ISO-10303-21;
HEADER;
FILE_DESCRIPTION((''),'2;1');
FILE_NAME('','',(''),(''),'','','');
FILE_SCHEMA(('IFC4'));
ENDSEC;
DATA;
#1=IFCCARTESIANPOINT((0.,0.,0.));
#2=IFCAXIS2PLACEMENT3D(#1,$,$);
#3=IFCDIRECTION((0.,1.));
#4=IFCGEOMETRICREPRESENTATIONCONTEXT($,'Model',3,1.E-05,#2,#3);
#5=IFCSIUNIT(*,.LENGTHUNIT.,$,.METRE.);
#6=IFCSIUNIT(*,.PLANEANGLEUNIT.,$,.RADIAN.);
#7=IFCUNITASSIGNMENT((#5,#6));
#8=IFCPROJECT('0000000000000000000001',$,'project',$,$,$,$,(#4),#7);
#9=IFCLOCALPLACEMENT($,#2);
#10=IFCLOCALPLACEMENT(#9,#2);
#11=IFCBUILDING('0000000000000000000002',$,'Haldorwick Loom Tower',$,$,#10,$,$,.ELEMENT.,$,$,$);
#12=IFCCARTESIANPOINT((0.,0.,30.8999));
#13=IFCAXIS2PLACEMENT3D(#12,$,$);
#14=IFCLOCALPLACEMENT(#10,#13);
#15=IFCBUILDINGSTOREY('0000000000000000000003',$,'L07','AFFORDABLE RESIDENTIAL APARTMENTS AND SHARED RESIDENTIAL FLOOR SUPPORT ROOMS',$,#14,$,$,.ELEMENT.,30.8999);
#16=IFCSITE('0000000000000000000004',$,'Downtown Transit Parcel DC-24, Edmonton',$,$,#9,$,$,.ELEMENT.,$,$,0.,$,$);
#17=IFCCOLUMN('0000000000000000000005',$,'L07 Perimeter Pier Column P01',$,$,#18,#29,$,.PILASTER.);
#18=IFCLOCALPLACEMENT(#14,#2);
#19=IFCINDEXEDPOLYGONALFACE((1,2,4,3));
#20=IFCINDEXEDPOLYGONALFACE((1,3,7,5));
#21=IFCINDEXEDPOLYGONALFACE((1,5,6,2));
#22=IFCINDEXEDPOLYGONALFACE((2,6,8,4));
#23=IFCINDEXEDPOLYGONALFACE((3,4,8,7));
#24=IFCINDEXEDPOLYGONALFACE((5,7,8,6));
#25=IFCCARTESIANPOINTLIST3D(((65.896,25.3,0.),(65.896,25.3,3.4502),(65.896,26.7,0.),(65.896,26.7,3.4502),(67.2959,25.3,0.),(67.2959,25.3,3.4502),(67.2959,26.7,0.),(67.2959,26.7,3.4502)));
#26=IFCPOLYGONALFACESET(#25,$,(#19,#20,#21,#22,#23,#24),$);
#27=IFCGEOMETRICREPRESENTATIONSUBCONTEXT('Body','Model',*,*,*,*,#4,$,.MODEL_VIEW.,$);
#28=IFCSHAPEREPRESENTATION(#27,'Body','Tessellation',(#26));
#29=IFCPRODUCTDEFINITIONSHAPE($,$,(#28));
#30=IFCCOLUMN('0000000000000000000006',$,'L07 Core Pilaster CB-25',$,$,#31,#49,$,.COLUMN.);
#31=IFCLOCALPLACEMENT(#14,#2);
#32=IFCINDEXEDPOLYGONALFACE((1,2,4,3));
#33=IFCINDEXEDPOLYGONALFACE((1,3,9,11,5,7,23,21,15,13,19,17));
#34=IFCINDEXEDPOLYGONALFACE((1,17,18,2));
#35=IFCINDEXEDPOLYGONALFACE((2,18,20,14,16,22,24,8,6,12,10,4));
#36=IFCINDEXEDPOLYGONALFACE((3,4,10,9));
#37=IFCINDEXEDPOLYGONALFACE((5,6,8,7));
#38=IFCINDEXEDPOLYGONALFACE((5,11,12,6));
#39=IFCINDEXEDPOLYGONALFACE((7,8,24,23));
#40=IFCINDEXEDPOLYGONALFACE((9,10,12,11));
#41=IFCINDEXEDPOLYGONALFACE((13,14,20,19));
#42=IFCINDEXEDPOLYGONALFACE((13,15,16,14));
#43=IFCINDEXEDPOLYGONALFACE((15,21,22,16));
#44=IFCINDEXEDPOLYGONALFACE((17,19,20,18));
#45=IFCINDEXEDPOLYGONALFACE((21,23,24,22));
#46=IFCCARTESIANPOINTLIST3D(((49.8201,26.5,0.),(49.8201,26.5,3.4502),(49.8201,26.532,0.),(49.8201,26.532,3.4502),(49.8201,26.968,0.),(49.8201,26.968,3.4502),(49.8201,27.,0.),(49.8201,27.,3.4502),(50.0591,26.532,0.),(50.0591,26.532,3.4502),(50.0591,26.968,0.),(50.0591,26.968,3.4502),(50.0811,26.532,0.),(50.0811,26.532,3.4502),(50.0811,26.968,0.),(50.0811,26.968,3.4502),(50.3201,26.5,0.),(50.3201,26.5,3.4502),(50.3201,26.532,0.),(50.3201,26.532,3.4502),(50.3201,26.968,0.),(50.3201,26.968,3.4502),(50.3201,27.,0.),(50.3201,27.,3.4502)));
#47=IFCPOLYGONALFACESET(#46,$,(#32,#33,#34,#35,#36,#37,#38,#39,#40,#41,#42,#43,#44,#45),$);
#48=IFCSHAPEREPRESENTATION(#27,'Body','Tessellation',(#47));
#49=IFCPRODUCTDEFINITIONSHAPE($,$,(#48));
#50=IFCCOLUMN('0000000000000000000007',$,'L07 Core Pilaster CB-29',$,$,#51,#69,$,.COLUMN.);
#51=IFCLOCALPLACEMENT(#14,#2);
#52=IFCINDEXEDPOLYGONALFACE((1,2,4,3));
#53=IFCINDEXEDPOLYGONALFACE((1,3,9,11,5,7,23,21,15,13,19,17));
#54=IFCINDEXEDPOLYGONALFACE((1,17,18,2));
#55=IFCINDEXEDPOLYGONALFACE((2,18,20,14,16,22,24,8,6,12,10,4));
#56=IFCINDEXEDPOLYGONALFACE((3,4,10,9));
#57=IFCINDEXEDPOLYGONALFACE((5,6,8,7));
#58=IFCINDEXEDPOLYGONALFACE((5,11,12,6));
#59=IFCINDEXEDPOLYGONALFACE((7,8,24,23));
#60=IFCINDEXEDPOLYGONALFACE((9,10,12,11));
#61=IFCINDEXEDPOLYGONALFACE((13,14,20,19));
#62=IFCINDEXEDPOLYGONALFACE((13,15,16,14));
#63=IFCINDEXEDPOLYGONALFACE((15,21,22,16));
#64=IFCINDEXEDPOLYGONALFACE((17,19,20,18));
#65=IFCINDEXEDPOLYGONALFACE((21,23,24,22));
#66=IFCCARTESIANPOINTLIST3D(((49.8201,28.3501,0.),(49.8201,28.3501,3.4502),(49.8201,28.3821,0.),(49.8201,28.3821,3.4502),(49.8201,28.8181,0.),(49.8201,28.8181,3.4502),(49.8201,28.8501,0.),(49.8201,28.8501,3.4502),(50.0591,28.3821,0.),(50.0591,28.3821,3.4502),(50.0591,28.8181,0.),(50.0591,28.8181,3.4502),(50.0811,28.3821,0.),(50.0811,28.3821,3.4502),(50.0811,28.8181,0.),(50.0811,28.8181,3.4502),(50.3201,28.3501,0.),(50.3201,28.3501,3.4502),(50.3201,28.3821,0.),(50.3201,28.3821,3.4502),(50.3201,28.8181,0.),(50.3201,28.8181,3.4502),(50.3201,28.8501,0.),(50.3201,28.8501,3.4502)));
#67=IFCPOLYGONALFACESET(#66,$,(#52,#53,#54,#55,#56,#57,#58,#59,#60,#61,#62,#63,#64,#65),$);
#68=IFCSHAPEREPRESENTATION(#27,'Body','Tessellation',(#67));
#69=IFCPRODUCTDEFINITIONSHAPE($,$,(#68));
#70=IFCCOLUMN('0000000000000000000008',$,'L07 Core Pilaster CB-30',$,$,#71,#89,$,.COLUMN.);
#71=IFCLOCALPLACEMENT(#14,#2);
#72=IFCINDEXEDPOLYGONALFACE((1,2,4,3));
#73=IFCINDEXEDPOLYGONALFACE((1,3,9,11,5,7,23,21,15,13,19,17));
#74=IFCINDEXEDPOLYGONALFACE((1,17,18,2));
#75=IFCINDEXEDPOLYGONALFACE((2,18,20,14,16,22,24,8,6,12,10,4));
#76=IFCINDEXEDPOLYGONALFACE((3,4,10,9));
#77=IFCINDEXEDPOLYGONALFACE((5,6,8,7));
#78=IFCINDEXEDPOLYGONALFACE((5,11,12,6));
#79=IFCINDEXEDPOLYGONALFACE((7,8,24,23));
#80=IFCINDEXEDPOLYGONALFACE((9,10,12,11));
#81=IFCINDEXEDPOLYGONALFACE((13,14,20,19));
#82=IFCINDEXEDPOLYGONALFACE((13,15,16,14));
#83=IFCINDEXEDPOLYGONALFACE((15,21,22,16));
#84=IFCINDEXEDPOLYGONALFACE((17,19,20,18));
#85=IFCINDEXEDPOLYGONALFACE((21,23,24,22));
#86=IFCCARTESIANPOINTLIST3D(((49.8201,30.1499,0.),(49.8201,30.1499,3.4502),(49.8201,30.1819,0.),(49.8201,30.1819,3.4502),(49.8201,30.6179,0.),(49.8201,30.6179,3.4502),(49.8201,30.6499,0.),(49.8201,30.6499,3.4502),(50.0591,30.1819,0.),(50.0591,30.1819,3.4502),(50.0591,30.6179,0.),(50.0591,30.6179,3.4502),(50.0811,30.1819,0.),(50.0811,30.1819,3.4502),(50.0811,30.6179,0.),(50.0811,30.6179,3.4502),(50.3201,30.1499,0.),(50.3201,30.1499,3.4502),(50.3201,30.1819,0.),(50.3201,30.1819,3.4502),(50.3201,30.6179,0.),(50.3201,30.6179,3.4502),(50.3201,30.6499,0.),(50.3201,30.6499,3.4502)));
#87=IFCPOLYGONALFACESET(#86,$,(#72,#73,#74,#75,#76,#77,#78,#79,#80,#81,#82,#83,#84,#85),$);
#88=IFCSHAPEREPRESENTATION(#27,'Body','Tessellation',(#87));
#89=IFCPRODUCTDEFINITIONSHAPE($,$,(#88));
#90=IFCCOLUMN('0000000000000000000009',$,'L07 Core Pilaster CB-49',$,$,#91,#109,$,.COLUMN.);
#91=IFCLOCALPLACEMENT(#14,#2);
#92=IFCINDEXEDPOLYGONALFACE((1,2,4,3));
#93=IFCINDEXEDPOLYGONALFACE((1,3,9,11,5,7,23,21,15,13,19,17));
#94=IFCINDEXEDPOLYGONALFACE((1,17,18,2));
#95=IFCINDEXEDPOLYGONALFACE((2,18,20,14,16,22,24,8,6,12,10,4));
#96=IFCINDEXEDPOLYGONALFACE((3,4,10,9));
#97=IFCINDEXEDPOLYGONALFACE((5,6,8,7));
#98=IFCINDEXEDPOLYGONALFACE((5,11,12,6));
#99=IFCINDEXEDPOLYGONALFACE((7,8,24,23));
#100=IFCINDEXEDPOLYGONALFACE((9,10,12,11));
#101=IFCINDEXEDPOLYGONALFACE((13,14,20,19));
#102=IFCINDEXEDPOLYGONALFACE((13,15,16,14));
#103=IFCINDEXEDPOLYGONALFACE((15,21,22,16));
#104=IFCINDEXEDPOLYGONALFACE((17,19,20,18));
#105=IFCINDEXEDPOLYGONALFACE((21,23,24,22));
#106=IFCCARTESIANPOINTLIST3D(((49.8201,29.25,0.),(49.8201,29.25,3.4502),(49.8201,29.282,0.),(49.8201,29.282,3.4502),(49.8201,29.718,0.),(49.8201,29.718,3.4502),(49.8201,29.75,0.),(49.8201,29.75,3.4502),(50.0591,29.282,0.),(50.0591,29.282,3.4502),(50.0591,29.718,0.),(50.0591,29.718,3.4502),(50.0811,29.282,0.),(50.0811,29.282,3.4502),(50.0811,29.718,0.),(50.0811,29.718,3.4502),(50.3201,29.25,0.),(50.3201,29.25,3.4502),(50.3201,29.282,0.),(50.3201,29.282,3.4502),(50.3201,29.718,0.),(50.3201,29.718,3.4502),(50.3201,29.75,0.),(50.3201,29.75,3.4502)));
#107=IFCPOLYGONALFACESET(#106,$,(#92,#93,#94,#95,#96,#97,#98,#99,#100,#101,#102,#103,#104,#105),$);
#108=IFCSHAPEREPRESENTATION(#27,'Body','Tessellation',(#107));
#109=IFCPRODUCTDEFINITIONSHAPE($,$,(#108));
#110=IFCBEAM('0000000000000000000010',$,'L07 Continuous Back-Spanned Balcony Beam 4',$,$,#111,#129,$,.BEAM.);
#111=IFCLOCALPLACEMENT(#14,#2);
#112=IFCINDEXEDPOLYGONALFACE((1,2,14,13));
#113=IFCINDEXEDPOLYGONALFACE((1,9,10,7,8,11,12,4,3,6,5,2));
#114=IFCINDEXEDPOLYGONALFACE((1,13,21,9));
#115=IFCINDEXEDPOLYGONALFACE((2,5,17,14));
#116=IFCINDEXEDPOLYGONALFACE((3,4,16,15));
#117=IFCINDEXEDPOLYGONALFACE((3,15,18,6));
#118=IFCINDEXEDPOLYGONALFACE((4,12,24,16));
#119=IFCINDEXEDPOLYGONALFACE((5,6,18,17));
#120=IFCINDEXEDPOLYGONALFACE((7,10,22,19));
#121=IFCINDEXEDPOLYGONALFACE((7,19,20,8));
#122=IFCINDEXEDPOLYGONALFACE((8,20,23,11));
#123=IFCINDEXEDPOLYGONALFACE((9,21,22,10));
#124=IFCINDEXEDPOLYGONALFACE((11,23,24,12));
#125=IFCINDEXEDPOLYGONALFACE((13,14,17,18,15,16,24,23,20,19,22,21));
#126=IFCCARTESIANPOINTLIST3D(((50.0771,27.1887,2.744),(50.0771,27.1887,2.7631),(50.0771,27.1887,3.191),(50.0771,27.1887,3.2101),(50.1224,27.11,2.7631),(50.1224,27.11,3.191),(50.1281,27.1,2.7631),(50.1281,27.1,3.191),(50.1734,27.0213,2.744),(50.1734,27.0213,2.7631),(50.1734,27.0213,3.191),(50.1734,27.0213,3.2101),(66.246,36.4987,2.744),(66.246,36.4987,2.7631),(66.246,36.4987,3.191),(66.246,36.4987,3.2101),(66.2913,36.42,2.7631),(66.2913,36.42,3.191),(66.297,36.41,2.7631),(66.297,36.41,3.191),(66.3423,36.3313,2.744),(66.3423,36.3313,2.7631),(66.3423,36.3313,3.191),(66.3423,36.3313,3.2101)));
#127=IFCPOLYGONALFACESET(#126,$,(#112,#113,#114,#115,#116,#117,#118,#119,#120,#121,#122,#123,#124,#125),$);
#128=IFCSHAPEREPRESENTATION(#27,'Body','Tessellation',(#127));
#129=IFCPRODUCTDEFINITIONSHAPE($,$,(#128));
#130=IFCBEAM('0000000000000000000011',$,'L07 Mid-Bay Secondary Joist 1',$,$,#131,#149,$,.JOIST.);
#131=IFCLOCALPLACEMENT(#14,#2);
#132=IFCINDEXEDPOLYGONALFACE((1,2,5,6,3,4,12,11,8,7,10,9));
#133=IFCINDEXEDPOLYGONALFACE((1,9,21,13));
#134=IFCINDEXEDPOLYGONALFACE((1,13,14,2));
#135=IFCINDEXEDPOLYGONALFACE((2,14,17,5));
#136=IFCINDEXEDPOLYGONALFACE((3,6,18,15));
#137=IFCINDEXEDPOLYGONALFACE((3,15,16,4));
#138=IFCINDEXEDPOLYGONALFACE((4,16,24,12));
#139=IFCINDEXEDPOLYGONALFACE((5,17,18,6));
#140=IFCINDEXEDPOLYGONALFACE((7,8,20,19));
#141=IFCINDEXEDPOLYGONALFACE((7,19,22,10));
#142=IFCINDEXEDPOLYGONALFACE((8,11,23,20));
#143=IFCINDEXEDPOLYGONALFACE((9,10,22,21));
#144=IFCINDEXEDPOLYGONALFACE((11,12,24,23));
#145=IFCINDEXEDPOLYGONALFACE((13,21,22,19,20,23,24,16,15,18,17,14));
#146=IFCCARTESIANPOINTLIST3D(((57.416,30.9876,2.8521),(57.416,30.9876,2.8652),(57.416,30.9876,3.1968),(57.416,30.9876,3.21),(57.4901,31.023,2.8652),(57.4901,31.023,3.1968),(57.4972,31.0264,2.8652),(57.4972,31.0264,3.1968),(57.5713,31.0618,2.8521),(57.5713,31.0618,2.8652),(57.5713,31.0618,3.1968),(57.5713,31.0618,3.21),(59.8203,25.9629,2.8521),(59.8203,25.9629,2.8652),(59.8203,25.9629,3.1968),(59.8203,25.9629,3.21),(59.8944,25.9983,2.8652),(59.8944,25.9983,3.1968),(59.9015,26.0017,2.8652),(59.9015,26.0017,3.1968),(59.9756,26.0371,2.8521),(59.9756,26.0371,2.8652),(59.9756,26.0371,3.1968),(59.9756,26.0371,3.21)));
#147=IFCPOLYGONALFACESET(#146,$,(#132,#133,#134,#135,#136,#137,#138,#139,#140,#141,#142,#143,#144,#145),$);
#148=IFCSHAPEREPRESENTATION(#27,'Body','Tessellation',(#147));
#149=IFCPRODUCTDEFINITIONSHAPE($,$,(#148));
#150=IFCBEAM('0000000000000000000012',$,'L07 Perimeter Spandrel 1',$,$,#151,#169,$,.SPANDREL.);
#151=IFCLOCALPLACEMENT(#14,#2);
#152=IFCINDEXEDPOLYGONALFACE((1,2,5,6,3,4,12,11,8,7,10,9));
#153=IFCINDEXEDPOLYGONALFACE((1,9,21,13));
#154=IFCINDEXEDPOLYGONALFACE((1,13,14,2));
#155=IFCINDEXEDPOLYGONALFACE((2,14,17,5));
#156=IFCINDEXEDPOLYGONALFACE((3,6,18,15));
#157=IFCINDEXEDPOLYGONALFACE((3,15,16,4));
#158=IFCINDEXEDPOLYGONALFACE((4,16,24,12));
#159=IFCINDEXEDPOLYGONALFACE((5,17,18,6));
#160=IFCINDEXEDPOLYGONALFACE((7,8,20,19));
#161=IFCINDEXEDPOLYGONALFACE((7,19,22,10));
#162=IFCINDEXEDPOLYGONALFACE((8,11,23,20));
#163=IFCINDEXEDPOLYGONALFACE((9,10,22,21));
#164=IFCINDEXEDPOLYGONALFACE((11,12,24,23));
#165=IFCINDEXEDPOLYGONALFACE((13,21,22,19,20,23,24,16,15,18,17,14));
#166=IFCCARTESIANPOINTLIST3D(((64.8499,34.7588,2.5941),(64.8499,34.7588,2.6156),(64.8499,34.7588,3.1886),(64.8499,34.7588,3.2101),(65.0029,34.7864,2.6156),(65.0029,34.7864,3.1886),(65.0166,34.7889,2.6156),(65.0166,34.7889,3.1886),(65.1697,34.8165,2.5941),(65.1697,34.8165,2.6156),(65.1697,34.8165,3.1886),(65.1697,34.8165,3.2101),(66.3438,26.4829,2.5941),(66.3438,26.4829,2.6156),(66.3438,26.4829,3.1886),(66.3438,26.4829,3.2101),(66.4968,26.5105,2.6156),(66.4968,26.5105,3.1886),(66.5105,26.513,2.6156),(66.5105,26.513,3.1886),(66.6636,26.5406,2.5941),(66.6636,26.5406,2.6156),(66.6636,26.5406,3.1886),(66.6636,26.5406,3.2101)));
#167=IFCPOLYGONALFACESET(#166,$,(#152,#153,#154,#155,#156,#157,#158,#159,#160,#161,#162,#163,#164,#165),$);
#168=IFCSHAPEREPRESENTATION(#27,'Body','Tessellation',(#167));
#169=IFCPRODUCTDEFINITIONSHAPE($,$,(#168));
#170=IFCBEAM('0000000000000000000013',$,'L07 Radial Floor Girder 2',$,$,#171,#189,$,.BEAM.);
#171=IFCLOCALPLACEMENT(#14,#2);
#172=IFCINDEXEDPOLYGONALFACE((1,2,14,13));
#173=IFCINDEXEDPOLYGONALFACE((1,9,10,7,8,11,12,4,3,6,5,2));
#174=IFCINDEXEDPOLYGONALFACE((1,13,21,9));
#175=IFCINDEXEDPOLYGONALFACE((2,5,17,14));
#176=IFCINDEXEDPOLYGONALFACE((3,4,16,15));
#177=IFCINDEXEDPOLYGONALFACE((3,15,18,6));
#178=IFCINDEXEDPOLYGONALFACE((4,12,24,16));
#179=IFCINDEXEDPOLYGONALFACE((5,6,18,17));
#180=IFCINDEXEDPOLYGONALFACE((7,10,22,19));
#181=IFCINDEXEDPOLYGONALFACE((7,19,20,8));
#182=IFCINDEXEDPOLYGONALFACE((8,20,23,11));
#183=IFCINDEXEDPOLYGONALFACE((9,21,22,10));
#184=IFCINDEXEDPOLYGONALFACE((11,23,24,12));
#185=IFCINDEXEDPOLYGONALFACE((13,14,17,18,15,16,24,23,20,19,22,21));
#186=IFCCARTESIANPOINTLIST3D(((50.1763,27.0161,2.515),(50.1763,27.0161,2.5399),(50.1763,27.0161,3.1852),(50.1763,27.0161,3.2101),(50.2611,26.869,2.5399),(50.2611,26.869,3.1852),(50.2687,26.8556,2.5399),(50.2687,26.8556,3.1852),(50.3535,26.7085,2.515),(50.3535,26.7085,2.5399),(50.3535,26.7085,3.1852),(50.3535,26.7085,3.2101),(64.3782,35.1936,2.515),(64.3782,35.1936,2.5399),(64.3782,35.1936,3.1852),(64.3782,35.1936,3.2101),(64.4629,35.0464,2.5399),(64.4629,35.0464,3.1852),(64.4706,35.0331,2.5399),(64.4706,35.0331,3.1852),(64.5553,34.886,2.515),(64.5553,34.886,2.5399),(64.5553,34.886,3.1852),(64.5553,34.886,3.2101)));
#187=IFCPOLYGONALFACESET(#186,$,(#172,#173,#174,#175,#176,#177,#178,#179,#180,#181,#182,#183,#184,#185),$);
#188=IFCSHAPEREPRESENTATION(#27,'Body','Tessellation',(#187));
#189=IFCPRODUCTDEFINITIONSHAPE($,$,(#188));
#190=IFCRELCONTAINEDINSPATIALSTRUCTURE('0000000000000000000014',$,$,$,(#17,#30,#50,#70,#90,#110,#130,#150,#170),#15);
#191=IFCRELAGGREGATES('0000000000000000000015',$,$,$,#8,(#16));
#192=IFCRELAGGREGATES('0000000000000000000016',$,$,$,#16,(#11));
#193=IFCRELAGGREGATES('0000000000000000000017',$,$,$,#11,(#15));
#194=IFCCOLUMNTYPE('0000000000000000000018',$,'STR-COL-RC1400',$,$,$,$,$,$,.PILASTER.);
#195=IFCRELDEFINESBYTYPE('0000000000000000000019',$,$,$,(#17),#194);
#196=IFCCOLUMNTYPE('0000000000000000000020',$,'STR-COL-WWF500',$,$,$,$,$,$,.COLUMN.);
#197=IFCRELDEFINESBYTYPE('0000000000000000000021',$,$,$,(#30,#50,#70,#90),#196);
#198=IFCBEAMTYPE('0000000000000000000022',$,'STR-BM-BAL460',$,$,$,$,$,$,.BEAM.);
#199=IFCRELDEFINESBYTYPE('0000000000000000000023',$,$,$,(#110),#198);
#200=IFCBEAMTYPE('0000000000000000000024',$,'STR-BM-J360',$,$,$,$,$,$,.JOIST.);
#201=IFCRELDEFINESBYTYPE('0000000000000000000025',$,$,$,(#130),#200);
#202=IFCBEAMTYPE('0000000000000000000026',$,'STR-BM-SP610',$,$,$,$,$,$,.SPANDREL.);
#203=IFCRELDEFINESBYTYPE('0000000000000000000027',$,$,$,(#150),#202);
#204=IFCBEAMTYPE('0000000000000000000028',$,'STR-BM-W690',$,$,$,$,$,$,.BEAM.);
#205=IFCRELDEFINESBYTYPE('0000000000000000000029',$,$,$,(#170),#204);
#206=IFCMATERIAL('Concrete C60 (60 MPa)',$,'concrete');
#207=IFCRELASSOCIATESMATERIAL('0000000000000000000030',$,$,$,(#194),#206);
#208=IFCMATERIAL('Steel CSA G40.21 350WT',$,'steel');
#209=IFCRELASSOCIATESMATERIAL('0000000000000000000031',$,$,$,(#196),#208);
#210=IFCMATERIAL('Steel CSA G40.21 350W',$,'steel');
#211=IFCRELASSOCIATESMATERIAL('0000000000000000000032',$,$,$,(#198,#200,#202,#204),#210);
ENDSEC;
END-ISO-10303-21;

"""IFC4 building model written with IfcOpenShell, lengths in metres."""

from ifc_helpers import new_model, si_unit, direction, frame, origin, origin_2d, place, context, subcontext, project, spatial, rectangle, i_section, extrude, material, material_profile, profile_set, type_object, element, save


model = new_model("IFC4")

# Units and contexts
model_context = context("Model", 3, precision=1e-05, world=origin(), true_north=direction((0.0, 1.0)))
body_context = subcontext(model_context, "Body", "Model", "MODEL_VIEW")
ifc_project = project(units=[si_unit("LENGTHUNIT", "METRE"), si_unit("PLANEANGLEUNIT", "RADIAN")], contexts=[model_context])

# Site, building, storey
site_placement = place(None, origin())
site = spatial("IfcSite", under=ifc_project, at=site_placement, Name="Downtown Transit Parcel DC-24, Edmonton", CompositionType="ELEMENT", RefElevation=0.0)
building_placement = place(site_placement, origin())
building = spatial("IfcBuilding", under=site, at=building_placement, Name="Haldorwick Loom Tower", CompositionType="ELEMENT")
storey_placement = place(building_placement, frame((0.0, 0.0, 30.8999)))
storey = spatial("IfcBuildingStorey", under=building, at=storey_placement, Name="L07", Description="AFFORDABLE RESIDENTIAL APARTMENTS AND SHARED RESIDENTIAL FLOOR SUPPORT ROOMS", CompositionType="ELEMENT", Elevation=30.8999)

# Columns
ifc_material_1 = material(Name="Concrete C60 (60 MPa)", Category="concrete")
ifc_material_profile_1 = material_profile(ifc_material_1, rectangle(XDim=1.3999, YDim=1.3999, at=origin_2d()), Name="RC1400X1400", Category="concrete")
ifc_profile_set_1 = profile_set([ifc_material_profile_1], Name="Concrete C60 (60 MPa)")
column_type_1 = type_object("IfcColumnType", Name="STR-COL-RC1400", PredefinedType="PILASTER", material=ifc_profile_set_1)
column_placement = place(storey_placement, frame((66.5959, 26.0, 0.0), z_axis=(0.0, 0.0, 1.0), x_axis=(1.0, 0.0, 0.0)))
element("IfcColumn", 1, at=column_placement, inside=storey, type_object=column_type_1, Name="L07 Perimeter Pier Column P01", PredefinedType="PILASTER", context=body_context, shape_type="SweptSolid", body=[
    extrude(rectangle(XDim=1.3999, YDim=1.3999, at=origin_2d()), origin(), (0.0, 0.0, 1.0), 3.4502),
])
ifc_material_2 = material(Name="Steel CSA G40.21 350WT", Category="steel")
ifc_material_profile_2 = material_profile(ifc_material_2, i_section(OverallWidth=0.5, OverallDepth=0.5, WebThickness=0.022, FlangeThickness=0.032, at=origin_2d()), Name="WWF500X500", Category="steel")
ifc_profile_set_2 = profile_set([ifc_material_profile_2], Name="Steel CSA G40.21 350WT")
column_type_2 = type_object("IfcColumnType", Name="STR-COL-WWF500", PredefinedType="COLUMN", material=ifc_profile_set_2)
for number, where, z_axis, x_axis, name in (
    (2, (50.0701, 26.75, 0.0), (0.0, 0.0, 1.0), (1.0, 0.0, 0.0), "L07 Core Pilaster CB-25"),
    (3, (50.0701, 28.6001, 0.0), (0.0, 0.0, 1.0), (1.0, 0.0, 0.0), "L07 Core Pilaster CB-29"),
    (4, (50.0701, 30.3999, 0.0), (0.0, 0.0, 1.0), (1.0, 0.0, 0.0), "L07 Core Pilaster CB-30"),
    (5, (50.0701, 29.5, 0.0), (0.0, 0.0, 1.0), (1.0, 0.0, 0.0), "L07 Core Pilaster CB-49"),
):
    element("IfcColumn", number, at=place(storey_placement, frame(where, z_axis=z_axis, x_axis=x_axis)), inside=storey, type_object=column_type_2, Name=name, PredefinedType="COLUMN", context=body_context, shape_type="SweptSolid", body=[
        extrude(i_section(OverallWidth=0.5, OverallDepth=0.5, WebThickness=0.022, FlangeThickness=0.032, at=origin_2d()), origin(), (0.0, 0.0, 1.0), 3.4502),
    ])

# Beams
ifc_material_3 = material(Name="Steel CSA G40.21 350W", Category="steel")
ifc_material_profile_3 = material_profile(ifc_material_3, i_section(OverallWidth=0.1931, OverallDepth=0.4661, WebThickness=0.0115, FlangeThickness=0.019, at=origin_2d()), Name="W460X97", Category="steel")
ifc_profile_set_3 = profile_set([ifc_material_profile_3], Name="Steel CSA G40.21 350W")
beam_type_1 = type_object("IfcBeamType", Name="STR-BM-BAL460", PredefinedType="BEAM", material=ifc_profile_set_3)
beam_1_placement = place(storey_placement, frame((50.1252, 27.105, 2.9771), z_axis=(0.866607, 0.498991, 0.0), x_axis=(-0.498991, 0.866607, 0.0)))
element("IfcBeam", 6, at=beam_1_placement, inside=storey, type_object=beam_type_1, Name="L07 Continuous Back-Spanned Balcony Beam 4", PredefinedType="BEAM", context=body_context, shape_type="SweptSolid", body=[
    extrude(i_section(OverallWidth=0.1931, OverallDepth=0.4661, WebThickness=0.0115, FlangeThickness=0.019, at=origin_2d()), origin(), (0.0, 0.0, 1.0), 18.6577),
])
ifc_material_profile_4 = material_profile(ifc_material_3, i_section(OverallWidth=0.1721, OverallDepth=0.3579, WebThickness=0.0078, FlangeThickness=0.0132, at=origin_2d()), Name="W360X57", Category="steel")
ifc_profile_set_4 = profile_set([ifc_material_profile_4], Name="Steel CSA G40.21 350W")
beam_type_2 = type_object("IfcBeamType", Name="STR-BM-J360", PredefinedType="JOIST", material=ifc_profile_set_4)
beam_2_placement = place(storey_placement, frame((59.8979, 26.0, 3.031), z_axis=(-0.431631, 0.90205, 0.0), x_axis=(-0.90205, -0.431631, 0.0)))
element("IfcBeam", 7, at=beam_2_placement, inside=storey, type_object=beam_type_2, Name="L07 Mid-Bay Secondary Joist 1", PredefinedType="JOIST", context=body_context, shape_type="SweptSolid", body=[
    extrude(i_section(OverallWidth=0.1721, OverallDepth=0.3579, WebThickness=0.0078, FlangeThickness=0.0132, at=origin_2d()), origin(), (0.0, 0.0, 1.0), 5.5703),
])
ifc_material_profile_5 = material_profile(ifc_material_3, i_section(OverallWidth=0.325, OverallDepth=0.616, WebThickness=0.0139, FlangeThickness=0.0215, at=origin_2d()), Name="W610X174", Category="steel")
ifc_profile_set_5 = profile_set([ifc_material_profile_5], Name="Steel CSA G40.21 350W")
beam_type_3 = type_object("IfcBeamType", Name="STR-BM-SP610", PredefinedType="SPANDREL", material=ifc_profile_set_5)
beam_3_placement = place(storey_placement, frame((66.5037, 26.5117, 2.9021), z_axis=(-0.177641, 0.984095, 0.0), x_axis=(-0.984095, -0.177641, 0.0)))
element("IfcBeam", 8, at=beam_3_placement, inside=storey, type_object=beam_type_3, Name="L07 Perimeter Spandrel 1", PredefinedType="SPANDREL", context=body_context, shape_type="SweptSolid", body=[
    extrude(i_section(OverallWidth=0.325, OverallDepth=0.616, WebThickness=0.0139, FlangeThickness=0.0215, at=origin_2d()), origin(), (0.0, 0.0, 1.0), 8.4097),
])
ifc_material_profile_6 = material_profile(ifc_material_3, i_section(OverallWidth=0.355, OverallDepth=0.6951, WebThickness=0.0154, FlangeThickness=0.0249, at=origin_2d()), Name="W690X217", Category="steel")
ifc_profile_set_6 = profile_set([ifc_material_profile_6], Name="Steel CSA G40.21 350W")
beam_type_4 = type_object("IfcBeamType", Name="STR-BM-W690", PredefinedType="BEAM", material=ifc_profile_set_6)
beam_4_placement = place(storey_placement, frame((50.2649, 26.8623, 2.8625), z_axis=(0.866606, 0.498994, 0.0), x_axis=(-0.498994, 0.866606, 0.0)))
element("IfcBeam", 9, at=beam_4_placement, inside=storey, type_object=beam_type_4, Name="L07 Radial Floor Girder 2", PredefinedType="BEAM", context=body_context, shape_type="SweptSolid", body=[
    extrude(i_section(OverallWidth=0.355, OverallDepth=0.6951, WebThickness=0.0154, FlangeThickness=0.0249, at=origin_2d()), origin(), (0.0, 0.0, 1.0), 16.3879),
])

save(model, "model.ifc")
